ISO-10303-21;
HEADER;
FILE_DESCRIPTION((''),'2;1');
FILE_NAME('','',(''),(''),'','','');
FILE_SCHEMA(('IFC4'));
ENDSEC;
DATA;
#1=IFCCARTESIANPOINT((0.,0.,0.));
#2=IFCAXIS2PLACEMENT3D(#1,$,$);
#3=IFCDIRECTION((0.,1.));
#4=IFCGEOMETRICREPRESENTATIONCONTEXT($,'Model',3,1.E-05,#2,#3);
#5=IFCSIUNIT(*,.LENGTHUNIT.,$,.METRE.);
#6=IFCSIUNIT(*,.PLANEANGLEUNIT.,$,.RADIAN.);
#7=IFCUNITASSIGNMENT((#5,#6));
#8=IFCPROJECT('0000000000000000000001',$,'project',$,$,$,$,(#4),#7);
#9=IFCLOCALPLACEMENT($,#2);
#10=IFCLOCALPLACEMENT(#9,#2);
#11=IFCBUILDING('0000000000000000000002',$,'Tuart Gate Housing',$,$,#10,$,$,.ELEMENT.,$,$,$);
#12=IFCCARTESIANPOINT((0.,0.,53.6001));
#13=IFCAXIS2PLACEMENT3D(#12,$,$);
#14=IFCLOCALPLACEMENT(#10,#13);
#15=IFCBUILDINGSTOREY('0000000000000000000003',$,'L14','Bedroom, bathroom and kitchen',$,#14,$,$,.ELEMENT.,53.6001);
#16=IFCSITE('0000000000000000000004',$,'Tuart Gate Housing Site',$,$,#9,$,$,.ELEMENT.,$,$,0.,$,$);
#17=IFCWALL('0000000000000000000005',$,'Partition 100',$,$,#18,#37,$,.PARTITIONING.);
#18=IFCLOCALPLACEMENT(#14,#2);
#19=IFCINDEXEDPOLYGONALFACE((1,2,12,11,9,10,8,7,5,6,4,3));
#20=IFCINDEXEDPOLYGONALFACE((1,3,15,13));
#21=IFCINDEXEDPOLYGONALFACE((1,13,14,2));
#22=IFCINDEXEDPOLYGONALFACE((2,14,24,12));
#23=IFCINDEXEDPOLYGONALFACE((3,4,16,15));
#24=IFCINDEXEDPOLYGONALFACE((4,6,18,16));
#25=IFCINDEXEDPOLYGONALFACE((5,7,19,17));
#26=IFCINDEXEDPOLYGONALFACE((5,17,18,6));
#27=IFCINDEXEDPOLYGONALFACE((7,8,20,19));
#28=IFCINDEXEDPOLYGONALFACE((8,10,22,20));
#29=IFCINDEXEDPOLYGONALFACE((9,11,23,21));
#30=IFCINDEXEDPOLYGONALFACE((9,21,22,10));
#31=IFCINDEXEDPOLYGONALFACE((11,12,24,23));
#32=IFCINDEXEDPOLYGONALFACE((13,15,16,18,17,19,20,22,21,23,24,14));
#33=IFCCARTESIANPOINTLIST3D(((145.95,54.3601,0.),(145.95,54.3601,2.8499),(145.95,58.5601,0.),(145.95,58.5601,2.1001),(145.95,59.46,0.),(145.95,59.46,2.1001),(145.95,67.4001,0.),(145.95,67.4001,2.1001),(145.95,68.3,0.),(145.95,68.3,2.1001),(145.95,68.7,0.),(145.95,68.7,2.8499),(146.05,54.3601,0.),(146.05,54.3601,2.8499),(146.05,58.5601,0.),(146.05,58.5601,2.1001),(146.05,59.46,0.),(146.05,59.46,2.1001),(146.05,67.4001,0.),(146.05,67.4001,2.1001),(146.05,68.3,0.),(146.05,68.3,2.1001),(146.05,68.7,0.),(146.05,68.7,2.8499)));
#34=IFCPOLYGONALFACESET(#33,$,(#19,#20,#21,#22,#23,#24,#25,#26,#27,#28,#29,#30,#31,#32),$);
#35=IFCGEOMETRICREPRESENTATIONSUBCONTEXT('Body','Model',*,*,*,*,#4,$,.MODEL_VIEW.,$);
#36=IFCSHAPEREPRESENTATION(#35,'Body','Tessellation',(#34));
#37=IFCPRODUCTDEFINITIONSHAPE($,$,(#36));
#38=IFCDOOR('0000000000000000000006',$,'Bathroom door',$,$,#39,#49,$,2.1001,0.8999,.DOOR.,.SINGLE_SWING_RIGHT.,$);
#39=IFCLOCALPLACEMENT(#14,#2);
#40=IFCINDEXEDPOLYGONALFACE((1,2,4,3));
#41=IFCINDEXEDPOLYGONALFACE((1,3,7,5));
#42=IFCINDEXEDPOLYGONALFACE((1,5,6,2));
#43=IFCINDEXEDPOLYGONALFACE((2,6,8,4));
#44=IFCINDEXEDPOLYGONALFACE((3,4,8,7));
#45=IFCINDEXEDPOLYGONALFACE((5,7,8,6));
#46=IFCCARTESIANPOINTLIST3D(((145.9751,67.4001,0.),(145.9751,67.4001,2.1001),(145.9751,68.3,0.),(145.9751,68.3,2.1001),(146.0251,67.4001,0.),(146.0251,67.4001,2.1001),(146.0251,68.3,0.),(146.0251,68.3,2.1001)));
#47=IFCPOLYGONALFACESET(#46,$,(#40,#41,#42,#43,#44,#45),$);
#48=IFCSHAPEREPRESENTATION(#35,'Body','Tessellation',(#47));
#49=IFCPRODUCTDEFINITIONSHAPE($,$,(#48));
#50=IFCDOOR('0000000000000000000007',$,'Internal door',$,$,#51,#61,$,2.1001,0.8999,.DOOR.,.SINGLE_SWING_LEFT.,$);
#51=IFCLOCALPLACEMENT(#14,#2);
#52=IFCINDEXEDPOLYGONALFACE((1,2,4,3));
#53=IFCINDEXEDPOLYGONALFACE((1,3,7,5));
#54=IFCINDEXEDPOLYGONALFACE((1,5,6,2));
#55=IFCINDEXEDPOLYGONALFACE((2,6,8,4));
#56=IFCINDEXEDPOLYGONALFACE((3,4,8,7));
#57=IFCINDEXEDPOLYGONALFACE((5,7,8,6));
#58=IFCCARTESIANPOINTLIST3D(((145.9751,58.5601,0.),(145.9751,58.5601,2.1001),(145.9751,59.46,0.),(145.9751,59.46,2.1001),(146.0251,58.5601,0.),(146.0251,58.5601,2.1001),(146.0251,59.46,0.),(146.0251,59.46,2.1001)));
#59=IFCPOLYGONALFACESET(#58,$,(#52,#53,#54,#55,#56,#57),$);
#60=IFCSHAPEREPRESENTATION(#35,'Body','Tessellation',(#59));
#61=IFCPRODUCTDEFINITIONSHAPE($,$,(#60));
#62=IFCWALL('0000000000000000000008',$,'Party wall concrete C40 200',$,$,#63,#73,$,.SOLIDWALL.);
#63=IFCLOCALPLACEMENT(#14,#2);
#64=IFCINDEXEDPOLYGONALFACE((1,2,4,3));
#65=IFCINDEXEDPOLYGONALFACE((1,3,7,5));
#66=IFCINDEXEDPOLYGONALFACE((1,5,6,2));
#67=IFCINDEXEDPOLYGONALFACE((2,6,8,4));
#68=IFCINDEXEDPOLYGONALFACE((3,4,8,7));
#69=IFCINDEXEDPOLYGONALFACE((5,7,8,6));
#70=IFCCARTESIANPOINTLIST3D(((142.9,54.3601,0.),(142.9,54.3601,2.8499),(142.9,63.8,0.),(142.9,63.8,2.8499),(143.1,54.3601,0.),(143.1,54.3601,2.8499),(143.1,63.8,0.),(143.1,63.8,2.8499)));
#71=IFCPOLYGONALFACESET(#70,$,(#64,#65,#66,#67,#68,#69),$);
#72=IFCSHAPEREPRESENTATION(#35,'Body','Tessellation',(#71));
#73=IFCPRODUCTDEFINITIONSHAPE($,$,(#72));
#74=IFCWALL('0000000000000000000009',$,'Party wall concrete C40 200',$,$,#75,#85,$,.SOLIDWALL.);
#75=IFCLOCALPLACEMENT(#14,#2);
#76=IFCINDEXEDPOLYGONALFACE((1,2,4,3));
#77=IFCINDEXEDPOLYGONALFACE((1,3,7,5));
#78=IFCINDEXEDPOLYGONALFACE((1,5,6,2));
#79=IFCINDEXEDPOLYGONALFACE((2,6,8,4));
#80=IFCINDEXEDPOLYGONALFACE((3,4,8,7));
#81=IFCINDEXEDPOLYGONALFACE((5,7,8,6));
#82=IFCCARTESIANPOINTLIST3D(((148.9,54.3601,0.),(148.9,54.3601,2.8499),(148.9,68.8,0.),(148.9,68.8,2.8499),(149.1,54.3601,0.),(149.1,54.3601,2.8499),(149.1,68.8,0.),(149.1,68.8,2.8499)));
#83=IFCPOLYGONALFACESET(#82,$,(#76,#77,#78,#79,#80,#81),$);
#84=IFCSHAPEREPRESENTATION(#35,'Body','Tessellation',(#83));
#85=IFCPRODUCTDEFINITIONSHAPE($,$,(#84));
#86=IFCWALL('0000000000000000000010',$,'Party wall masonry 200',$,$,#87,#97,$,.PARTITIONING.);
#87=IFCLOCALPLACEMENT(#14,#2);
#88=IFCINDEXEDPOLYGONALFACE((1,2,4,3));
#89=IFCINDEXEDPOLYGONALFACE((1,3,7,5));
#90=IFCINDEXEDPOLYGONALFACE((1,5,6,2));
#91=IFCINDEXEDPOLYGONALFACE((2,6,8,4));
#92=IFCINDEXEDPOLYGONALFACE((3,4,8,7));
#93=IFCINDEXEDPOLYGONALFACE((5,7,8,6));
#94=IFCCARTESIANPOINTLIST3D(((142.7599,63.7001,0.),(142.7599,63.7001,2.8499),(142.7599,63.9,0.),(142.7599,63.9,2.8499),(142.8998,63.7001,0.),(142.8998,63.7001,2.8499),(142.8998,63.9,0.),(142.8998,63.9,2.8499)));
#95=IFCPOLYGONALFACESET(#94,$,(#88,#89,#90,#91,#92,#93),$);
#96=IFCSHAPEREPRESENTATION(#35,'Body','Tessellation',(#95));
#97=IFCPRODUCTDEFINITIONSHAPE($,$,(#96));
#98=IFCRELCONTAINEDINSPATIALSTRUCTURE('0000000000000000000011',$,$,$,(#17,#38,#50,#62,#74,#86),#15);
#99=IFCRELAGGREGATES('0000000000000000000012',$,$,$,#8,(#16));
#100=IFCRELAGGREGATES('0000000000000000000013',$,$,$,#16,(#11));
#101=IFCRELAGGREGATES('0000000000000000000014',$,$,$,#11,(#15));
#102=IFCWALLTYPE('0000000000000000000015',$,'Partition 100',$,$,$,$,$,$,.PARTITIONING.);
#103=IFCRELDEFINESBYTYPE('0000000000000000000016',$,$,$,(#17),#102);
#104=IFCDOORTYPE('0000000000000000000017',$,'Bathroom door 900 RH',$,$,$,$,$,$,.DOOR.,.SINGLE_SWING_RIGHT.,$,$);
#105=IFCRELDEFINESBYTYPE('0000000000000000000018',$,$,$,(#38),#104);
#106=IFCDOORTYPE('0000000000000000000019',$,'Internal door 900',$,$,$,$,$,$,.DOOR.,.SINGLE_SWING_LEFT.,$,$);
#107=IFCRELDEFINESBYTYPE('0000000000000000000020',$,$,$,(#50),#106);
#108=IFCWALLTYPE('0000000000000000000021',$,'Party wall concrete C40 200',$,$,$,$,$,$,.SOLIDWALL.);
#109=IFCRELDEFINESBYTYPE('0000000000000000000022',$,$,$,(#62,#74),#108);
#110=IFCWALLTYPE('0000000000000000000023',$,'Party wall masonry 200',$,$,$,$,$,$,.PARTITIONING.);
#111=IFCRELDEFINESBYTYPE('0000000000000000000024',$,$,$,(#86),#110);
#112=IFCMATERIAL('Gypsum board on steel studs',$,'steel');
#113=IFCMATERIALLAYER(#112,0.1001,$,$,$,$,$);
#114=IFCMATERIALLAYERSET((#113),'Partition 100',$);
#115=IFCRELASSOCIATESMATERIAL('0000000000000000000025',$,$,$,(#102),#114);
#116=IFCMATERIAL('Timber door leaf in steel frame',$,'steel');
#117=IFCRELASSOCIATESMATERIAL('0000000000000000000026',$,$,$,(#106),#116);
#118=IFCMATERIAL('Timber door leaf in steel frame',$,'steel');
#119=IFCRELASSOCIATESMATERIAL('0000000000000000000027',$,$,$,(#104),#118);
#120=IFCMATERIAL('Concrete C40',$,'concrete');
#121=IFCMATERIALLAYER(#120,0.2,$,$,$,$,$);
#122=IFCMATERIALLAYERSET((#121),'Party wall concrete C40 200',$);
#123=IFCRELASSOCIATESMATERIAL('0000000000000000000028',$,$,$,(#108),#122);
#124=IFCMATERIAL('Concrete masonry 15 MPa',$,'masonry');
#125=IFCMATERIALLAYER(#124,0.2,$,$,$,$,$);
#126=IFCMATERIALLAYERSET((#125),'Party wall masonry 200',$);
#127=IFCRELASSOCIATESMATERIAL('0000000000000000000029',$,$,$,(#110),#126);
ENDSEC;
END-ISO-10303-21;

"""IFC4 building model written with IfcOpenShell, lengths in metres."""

from ifc_helpers import new_model, si_unit, direction, frame, frame_2d, origin, place, context, subcontext, project, spatial, rectangle, extrude, material, layer, layer_set, type_object, element, fill, save


model = new_model("IFC4")

# Units and contexts
model_context = context("Model", 3, precision=1e-05, world=origin(), true_north=direction((0.0, 1.0)))
body_context = subcontext(model_context, "Body", "Model", "MODEL_VIEW")
ifc_project = project(units=[si_unit("LENGTHUNIT", "METRE"), si_unit("PLANEANGLEUNIT", "RADIAN")], contexts=[model_context])

# Site, building, storey
site_placement = place(None, origin())
site = spatial("IfcSite", under=ifc_project, at=site_placement, Name="Tuart Gate Housing Site", CompositionType="ELEMENT", RefElevation=0.0)
building_placement = place(site_placement, origin())
building = spatial("IfcBuilding", under=site, at=building_placement, Name="Tuart Gate Housing", CompositionType="ELEMENT")
storey_placement = place(building_placement, frame((0.0, 0.0, 53.6001)))
storey = spatial("IfcBuildingStorey", under=building, at=storey_placement, Name="L14", Description="Bedroom, bathroom and kitchen", CompositionType="ELEMENT", Elevation=53.6001)

# Shared definitions
ifc_material_1 = material(Name="Gypsum board on steel studs", Category="steel")
ifc_layer_1 = layer(ifc_material_1, 0.1001)
ifc_layer_set_1 = layer_set([ifc_layer_1], Name="Partition 100")
wall_type_1 = type_object("IfcWallType", Name="Partition 100", PredefinedType="PARTITIONING", material=ifc_layer_set_1)

# Shared definitions
ifc_material_2 = material(Name="Timber door leaf in steel frame", Category="steel")
door_type_1 = type_object("IfcDoorType", Name="Internal door 900", OperationType="SINGLE_SWING_LEFT", PredefinedType="DOOR", material=ifc_material_2)
ifc_material_3 = material(Name="Timber door leaf in steel frame", Category="steel")
door_type_2 = type_object("IfcDoorType", Name="Bathroom door 900 RH", OperationType="SINGLE_SWING_RIGHT", PredefinedType="DOOR", material=ifc_material_3)

# Wall, openings, doors
wall_1_placement = place(storey_placement, frame((146.0, 54.3601, 0.0), z_axis=(0.0, 0.0, 1.0), x_axis=(0.0, 1.0, 0.0)))
wall_1 = element("IfcWall", 1, at=wall_1_placement, inside=storey, type_object=wall_type_1, Name="Partition 100", PredefinedType="PARTITIONING", context=body_context, shape_type="SweptSolid", body=[
    extrude(rectangle(XDim=14.3398, YDim=0.1001, at=frame_2d((7.1699, 0.0))), origin(), (0.0, 0.0, 1.0), 2.8499),
])
opening_1_placement = place(wall_1_placement, frame((4.2, 0.0, 0.0)))
opening_1 = element("IfcOpeningElement", 2, at=opening_1_placement, cuts=wall_1, PredefinedType="OPENING", context=body_context, shape_type="SweptSolid", body=[
    extrude(rectangle(XDim=0.8999, YDim=2.1001, at=frame_2d((0.45, 1.05))), frame((0.0, 0.0601, 0.0), z_axis=(0.0, -1.0, 0.0), x_axis=(1.0, 0.0, 0.0)), (0.0, 0.0, 1.0), 0.1201),
])
opening_2_placement = place(wall_1_placement, frame((13.04, 0.0, 0.0)))
opening_2 = element("IfcOpeningElement", 3, at=opening_2_placement, cuts=wall_1, PredefinedType="OPENING", context=body_context, shape_type="SweptSolid", body=[
    extrude(rectangle(XDim=0.8999, YDim=2.1001, at=frame_2d((0.45, 1.05))), frame((0.0, 0.0601, 0.0), z_axis=(0.0, -1.0, 0.0), x_axis=(1.0, 0.0, 0.0)), (0.0, 0.0, 1.0), 0.1201),
])
door_1_placement = place(opening_2_placement, origin())
door_1 = element("IfcDoor", 4, at=door_1_placement, inside=storey, type_object=door_type_2, Name="Bathroom door", OperationType="SINGLE_SWING_RIGHT", OverallHeight=2.1001, OverallWidth=0.8999, PredefinedType="DOOR", context=body_context, shape_type="SweptSolid", body=[
    extrude(rectangle(XDim=0.8999, YDim=2.1001, at=frame_2d((0.45, 1.05))), frame((0.0, 0.0249, 0.0), z_axis=(0.0, -1.0, 0.0), x_axis=(1.0, 0.0, 0.0)), (0.0, 0.0, 1.0), 0.05),
])
fill(opening_2, door_1)
door_2_placement = place(opening_1_placement, origin())
door_2 = element("IfcDoor", 5, at=door_2_placement, inside=storey, type_object=door_type_1, Name="Internal door", OperationType="SINGLE_SWING_LEFT", OverallHeight=2.1001, OverallWidth=0.8999, PredefinedType="DOOR", context=body_context, shape_type="SweptSolid", body=[
    extrude(rectangle(XDim=0.8999, YDim=2.1001, at=frame_2d((0.45, 1.05))), frame((0.0, 0.0249, 0.0), z_axis=(0.0, -1.0, 0.0), x_axis=(1.0, 0.0, 0.0)), (0.0, 0.0, 1.0), 0.05),
])
fill(opening_1, door_2)

# Walls
ifc_material_4 = material(Name="Concrete C40", Category="concrete")
ifc_layer_2 = layer(ifc_material_4, 0.2)
ifc_layer_set_2 = layer_set([ifc_layer_2], Name="Party wall concrete C40 200")
wall_type_2 = type_object("IfcWallType", Name="Party wall concrete C40 200", PredefinedType="SOLIDWALL", material=ifc_layer_set_2)
wall_2_placement = place(storey_placement, frame((143.0, 54.3601, 0.0), z_axis=(0.0, 0.0, 1.0), x_axis=(0.0, 1.0, 0.0)))
element("IfcWall", 6, at=wall_2_placement, inside=storey, type_object=wall_type_2, Name="Party wall concrete C40 200", PredefinedType="SOLIDWALL", context=body_context, shape_type="SweptSolid", body=[
    extrude(rectangle(XDim=9.4399, YDim=0.2, at=frame_2d((4.72, 0.0))), origin(), (0.0, 0.0, 1.0), 2.8499),
])
wall_3_placement = place(storey_placement, frame((149.0, 54.3601, 0.0), z_axis=(0.0, 0.0, 1.0), x_axis=(0.0, 1.0, 0.0)))
element("IfcWall", 7, at=wall_3_placement, inside=storey, type_object=wall_type_2, Name="Party wall concrete C40 200", PredefinedType="SOLIDWALL", context=body_context, shape_type="SweptSolid", body=[
    extrude(rectangle(XDim=14.4399, YDim=0.2, at=frame_2d((7.22, 0.0))), origin(), (0.0, 0.0, 1.0), 2.8499),
])
ifc_material_5 = material(Name="Concrete masonry 15 MPa", Category="masonry")
ifc_layer_3 = layer(ifc_material_5, 0.2)
ifc_layer_set_3 = layer_set([ifc_layer_3], Name="Party wall masonry 200")
wall_type_3 = type_object("IfcWallType", Name="Party wall masonry 200", PredefinedType="PARTITIONING", material=ifc_layer_set_3)
wall_4_placement = place(storey_placement, frame((142.76, 63.8, 0.0), z_axis=(0.0, 0.0, 1.0), x_axis=(1.0, 0.0, 0.0)))
element("IfcWall", 8, at=wall_4_placement, inside=storey, type_object=wall_type_3, Name="Party wall masonry 200", PredefinedType="PARTITIONING", context=body_context, shape_type="SweptSolid", body=[
    extrude(rectangle(XDim=0.1399, YDim=0.2, at=frame_2d((0.0698, 0.0))), origin(), (0.0, 0.0, 1.0), 2.8499),
])

save(model, "model.ifc")
